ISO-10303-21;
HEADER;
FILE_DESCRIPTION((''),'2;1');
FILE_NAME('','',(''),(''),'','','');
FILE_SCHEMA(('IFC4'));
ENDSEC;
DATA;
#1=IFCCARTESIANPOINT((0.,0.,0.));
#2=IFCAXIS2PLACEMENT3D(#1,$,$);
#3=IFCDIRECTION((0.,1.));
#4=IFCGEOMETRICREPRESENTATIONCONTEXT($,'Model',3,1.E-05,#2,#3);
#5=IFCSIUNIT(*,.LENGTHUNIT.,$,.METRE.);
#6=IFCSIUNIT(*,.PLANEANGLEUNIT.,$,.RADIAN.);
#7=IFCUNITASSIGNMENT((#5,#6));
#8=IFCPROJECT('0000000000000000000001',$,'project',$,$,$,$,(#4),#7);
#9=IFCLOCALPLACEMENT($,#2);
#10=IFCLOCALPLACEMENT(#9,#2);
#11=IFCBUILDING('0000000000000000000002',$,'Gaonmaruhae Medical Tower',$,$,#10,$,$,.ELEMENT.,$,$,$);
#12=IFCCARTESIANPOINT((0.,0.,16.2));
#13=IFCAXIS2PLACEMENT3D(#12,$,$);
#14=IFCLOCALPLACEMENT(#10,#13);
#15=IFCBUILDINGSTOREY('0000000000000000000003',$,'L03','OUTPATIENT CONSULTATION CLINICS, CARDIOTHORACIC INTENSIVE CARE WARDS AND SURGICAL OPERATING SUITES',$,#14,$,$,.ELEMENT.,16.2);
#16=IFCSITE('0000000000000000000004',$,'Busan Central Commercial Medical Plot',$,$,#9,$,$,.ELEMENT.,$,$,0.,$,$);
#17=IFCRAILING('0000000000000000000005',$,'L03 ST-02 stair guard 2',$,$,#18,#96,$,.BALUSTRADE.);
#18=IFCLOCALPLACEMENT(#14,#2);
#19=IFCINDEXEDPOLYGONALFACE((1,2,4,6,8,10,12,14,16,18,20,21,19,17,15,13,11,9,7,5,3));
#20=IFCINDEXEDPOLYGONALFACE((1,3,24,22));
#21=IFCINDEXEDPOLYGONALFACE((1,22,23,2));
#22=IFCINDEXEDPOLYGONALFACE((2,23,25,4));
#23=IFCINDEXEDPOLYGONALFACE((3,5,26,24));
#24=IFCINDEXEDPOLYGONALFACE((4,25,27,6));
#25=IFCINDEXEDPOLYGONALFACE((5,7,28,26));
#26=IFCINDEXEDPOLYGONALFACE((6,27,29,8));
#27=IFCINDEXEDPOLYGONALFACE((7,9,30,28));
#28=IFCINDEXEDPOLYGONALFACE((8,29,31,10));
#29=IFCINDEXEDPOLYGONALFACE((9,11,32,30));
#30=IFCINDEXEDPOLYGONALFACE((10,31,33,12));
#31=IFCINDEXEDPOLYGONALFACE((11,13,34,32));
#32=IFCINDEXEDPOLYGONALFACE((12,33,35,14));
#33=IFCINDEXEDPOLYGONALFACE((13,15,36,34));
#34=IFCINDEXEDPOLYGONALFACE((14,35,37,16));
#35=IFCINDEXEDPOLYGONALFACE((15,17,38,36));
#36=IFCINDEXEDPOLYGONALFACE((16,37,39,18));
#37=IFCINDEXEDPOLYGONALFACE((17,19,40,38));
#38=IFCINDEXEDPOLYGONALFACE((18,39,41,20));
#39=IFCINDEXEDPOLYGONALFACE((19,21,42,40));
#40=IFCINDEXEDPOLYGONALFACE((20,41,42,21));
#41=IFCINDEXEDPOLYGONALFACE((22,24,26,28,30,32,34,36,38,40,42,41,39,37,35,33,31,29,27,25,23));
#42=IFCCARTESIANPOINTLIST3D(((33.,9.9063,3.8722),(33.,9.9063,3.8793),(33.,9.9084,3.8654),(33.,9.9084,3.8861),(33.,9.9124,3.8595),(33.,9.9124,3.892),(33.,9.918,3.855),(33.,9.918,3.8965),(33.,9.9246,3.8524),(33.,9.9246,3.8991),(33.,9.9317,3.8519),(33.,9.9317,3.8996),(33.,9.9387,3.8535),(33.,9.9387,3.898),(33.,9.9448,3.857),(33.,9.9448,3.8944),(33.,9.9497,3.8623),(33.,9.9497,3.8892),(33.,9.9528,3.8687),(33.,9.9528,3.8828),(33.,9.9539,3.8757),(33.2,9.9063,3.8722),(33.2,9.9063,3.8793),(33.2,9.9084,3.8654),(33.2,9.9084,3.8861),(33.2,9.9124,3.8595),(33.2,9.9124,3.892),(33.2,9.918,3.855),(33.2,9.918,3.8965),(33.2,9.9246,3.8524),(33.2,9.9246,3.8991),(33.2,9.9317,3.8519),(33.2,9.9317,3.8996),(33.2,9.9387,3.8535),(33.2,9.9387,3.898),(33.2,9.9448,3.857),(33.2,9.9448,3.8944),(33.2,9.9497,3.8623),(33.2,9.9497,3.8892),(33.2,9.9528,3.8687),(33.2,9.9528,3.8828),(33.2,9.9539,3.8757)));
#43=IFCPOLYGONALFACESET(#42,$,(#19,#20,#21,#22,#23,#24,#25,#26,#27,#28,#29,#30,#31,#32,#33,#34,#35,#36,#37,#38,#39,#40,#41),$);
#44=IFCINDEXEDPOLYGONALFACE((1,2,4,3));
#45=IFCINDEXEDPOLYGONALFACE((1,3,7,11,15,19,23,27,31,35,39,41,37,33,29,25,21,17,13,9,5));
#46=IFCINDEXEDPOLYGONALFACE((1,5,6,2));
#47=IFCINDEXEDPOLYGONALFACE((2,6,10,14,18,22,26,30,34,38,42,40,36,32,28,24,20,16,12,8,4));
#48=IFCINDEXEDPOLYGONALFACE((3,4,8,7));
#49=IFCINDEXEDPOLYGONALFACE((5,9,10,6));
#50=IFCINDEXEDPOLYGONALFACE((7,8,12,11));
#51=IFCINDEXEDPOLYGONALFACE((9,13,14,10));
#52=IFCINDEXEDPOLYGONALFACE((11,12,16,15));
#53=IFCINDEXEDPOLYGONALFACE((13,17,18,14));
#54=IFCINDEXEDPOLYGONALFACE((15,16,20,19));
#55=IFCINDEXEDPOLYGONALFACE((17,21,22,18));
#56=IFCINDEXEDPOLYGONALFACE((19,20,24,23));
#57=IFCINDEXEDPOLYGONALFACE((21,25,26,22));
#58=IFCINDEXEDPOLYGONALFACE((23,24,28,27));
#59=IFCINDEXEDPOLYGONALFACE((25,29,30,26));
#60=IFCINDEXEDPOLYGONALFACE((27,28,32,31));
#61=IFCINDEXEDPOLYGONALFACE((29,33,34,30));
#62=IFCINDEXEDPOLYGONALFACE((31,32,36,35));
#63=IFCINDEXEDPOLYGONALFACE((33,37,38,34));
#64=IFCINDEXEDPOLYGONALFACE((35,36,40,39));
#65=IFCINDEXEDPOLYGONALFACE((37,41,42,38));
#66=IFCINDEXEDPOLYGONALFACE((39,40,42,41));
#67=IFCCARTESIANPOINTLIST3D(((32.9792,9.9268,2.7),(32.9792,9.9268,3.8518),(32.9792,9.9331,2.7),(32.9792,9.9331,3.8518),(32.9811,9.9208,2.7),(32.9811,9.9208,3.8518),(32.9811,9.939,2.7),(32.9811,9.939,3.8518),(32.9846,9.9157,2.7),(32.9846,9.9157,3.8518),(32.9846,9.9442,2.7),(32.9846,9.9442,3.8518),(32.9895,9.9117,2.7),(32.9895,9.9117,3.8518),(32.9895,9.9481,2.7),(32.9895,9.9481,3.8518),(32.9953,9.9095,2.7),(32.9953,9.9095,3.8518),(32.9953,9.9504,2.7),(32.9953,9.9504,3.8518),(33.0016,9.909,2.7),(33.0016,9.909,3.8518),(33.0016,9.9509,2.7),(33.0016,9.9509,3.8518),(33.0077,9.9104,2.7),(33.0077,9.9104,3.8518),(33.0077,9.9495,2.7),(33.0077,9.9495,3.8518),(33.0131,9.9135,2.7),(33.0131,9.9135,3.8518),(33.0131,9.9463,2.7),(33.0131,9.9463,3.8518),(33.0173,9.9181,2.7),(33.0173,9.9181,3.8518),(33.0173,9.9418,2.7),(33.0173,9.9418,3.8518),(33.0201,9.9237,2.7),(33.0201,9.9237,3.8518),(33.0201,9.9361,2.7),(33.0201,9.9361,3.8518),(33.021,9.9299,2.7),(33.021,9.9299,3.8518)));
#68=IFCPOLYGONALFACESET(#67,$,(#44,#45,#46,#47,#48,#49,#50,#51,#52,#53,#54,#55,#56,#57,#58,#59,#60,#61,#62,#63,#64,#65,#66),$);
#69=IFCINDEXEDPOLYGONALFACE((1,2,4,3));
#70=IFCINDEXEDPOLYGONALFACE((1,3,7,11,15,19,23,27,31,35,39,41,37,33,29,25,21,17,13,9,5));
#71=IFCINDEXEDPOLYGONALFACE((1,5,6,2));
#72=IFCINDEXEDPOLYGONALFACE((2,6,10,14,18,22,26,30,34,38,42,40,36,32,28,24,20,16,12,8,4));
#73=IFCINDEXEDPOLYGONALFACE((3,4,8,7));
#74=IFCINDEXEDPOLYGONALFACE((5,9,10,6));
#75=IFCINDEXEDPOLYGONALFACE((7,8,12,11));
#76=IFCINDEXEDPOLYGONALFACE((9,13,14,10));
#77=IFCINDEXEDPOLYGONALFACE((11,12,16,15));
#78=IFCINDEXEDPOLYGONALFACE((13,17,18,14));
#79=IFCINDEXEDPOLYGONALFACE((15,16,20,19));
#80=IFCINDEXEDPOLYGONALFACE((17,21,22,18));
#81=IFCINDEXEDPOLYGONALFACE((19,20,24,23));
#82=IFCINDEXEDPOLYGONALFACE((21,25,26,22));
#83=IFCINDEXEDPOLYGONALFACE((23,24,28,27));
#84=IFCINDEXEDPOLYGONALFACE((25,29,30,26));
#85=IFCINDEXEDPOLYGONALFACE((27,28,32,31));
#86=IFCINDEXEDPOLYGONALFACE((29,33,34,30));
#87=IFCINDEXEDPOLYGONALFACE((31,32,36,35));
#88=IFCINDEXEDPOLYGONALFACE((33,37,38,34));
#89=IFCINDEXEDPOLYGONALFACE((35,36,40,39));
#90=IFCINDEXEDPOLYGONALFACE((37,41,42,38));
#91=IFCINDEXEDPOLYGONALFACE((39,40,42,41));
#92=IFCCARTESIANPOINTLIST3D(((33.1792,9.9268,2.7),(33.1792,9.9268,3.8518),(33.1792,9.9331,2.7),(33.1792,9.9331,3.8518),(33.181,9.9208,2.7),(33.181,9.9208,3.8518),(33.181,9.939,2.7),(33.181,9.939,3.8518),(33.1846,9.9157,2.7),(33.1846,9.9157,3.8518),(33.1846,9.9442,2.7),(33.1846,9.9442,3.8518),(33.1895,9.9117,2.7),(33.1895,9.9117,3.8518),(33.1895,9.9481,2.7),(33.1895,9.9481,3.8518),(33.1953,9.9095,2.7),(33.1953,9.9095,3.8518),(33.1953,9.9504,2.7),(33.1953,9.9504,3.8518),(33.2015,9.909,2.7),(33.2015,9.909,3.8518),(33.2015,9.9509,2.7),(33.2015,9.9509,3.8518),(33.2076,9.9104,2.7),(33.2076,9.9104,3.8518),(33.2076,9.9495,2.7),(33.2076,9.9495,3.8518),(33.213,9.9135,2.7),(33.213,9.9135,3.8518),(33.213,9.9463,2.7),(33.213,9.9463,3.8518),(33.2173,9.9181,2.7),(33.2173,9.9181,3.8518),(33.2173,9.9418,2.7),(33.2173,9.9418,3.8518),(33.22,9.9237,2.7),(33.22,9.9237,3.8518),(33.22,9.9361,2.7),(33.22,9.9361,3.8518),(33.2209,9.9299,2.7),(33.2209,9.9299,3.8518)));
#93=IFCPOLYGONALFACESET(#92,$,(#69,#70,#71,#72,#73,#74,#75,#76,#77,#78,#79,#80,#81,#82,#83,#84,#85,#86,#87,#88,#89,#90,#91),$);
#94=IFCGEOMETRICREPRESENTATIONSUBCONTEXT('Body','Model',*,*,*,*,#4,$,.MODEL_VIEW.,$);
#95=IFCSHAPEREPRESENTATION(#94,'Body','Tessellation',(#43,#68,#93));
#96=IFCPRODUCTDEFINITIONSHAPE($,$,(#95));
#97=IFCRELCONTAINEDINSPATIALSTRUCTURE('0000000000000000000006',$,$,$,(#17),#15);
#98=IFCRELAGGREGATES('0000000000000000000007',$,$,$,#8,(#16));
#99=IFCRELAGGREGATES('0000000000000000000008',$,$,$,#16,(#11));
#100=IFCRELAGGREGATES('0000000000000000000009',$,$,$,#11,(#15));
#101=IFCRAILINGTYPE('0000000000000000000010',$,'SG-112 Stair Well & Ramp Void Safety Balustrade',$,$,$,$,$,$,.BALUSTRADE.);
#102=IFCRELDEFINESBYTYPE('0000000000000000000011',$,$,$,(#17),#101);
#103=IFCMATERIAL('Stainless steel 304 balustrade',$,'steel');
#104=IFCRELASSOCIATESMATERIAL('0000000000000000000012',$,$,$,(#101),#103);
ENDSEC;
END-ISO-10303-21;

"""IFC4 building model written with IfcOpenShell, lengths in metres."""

from ifc_helpers import new_model, si_unit, direction, frame, origin, origin_2d, place, context, subcontext, project, spatial, circle, extrude, material, type_object, element, save


model = new_model("IFC4")

# Units and contexts
model_context = context("Model", 3, precision=1e-05, world=origin(), true_north=direction((0.0, 1.0)))
body_context = subcontext(model_context, "Body", "Model", "MODEL_VIEW")
ifc_project = project(units=[si_unit("LENGTHUNIT", "METRE"), si_unit("PLANEANGLEUNIT", "RADIAN")], contexts=[model_context])

# Site, building, storey
site_placement = place(None, origin())
site = spatial("IfcSite", under=ifc_project, at=site_placement, Name="Busan Central Commercial Medical Plot", CompositionType="ELEMENT", RefElevation=0.0)
building_placement = place(site_placement, origin())
building = spatial("IfcBuilding", under=site, at=building_placement, Name="Gaonmaruhae Medical Tower", CompositionType="ELEMENT")
storey_placement = place(building_placement, frame((0.0, 0.0, 16.2)))
storey = spatial("IfcBuildingStorey", under=building, at=storey_placement, Name="L03", Description="OUTPATIENT CONSULTATION CLINICS, CARDIOTHORACIC INTENSIVE CARE WARDS AND SURGICAL OPERATING SUITES", CompositionType="ELEMENT", Elevation=16.2)

# Railing
ifc_material_1 = material(Name="Stainless steel 304 balustrade", Category="steel")
railing_type_1 = type_object("IfcRailingType", Name="SG-112 Stair Well & Ramp Void Safety Balustrade", PredefinedType="BALUSTRADE", material=ifc_material_1)
railing_1_placement = place(storey_placement, frame((33.0, 9.9299, 2.7)))
element("IfcRailing", 1, at=railing_1_placement, inside=storey, type_object=railing_type_1, Name="L03 ST-02 stair guard 2", PredefinedType="BALUSTRADE", context=body_context, shape_type="SweptSolid", body=[
    extrude(circle(Radius=0.0239, at=origin_2d()), frame((0.0, 0.0, 1.1758), z_axis=(1.0, 0.0, 0.0), x_axis=(0.0, 1.0, 0.0)), (0.0, 0.0, 1.0), 0.2),
    extrude(circle(Radius=0.021, at=origin_2d()), origin(), (0.0, 0.0, 1.0), 1.1519),
    extrude(circle(Radius=0.021, at=origin_2d()), frame((0.2, 0.0, 0.0)), (0.0, 0.0, 1.0), 1.1519),
])

save(model, "model.ifc")
